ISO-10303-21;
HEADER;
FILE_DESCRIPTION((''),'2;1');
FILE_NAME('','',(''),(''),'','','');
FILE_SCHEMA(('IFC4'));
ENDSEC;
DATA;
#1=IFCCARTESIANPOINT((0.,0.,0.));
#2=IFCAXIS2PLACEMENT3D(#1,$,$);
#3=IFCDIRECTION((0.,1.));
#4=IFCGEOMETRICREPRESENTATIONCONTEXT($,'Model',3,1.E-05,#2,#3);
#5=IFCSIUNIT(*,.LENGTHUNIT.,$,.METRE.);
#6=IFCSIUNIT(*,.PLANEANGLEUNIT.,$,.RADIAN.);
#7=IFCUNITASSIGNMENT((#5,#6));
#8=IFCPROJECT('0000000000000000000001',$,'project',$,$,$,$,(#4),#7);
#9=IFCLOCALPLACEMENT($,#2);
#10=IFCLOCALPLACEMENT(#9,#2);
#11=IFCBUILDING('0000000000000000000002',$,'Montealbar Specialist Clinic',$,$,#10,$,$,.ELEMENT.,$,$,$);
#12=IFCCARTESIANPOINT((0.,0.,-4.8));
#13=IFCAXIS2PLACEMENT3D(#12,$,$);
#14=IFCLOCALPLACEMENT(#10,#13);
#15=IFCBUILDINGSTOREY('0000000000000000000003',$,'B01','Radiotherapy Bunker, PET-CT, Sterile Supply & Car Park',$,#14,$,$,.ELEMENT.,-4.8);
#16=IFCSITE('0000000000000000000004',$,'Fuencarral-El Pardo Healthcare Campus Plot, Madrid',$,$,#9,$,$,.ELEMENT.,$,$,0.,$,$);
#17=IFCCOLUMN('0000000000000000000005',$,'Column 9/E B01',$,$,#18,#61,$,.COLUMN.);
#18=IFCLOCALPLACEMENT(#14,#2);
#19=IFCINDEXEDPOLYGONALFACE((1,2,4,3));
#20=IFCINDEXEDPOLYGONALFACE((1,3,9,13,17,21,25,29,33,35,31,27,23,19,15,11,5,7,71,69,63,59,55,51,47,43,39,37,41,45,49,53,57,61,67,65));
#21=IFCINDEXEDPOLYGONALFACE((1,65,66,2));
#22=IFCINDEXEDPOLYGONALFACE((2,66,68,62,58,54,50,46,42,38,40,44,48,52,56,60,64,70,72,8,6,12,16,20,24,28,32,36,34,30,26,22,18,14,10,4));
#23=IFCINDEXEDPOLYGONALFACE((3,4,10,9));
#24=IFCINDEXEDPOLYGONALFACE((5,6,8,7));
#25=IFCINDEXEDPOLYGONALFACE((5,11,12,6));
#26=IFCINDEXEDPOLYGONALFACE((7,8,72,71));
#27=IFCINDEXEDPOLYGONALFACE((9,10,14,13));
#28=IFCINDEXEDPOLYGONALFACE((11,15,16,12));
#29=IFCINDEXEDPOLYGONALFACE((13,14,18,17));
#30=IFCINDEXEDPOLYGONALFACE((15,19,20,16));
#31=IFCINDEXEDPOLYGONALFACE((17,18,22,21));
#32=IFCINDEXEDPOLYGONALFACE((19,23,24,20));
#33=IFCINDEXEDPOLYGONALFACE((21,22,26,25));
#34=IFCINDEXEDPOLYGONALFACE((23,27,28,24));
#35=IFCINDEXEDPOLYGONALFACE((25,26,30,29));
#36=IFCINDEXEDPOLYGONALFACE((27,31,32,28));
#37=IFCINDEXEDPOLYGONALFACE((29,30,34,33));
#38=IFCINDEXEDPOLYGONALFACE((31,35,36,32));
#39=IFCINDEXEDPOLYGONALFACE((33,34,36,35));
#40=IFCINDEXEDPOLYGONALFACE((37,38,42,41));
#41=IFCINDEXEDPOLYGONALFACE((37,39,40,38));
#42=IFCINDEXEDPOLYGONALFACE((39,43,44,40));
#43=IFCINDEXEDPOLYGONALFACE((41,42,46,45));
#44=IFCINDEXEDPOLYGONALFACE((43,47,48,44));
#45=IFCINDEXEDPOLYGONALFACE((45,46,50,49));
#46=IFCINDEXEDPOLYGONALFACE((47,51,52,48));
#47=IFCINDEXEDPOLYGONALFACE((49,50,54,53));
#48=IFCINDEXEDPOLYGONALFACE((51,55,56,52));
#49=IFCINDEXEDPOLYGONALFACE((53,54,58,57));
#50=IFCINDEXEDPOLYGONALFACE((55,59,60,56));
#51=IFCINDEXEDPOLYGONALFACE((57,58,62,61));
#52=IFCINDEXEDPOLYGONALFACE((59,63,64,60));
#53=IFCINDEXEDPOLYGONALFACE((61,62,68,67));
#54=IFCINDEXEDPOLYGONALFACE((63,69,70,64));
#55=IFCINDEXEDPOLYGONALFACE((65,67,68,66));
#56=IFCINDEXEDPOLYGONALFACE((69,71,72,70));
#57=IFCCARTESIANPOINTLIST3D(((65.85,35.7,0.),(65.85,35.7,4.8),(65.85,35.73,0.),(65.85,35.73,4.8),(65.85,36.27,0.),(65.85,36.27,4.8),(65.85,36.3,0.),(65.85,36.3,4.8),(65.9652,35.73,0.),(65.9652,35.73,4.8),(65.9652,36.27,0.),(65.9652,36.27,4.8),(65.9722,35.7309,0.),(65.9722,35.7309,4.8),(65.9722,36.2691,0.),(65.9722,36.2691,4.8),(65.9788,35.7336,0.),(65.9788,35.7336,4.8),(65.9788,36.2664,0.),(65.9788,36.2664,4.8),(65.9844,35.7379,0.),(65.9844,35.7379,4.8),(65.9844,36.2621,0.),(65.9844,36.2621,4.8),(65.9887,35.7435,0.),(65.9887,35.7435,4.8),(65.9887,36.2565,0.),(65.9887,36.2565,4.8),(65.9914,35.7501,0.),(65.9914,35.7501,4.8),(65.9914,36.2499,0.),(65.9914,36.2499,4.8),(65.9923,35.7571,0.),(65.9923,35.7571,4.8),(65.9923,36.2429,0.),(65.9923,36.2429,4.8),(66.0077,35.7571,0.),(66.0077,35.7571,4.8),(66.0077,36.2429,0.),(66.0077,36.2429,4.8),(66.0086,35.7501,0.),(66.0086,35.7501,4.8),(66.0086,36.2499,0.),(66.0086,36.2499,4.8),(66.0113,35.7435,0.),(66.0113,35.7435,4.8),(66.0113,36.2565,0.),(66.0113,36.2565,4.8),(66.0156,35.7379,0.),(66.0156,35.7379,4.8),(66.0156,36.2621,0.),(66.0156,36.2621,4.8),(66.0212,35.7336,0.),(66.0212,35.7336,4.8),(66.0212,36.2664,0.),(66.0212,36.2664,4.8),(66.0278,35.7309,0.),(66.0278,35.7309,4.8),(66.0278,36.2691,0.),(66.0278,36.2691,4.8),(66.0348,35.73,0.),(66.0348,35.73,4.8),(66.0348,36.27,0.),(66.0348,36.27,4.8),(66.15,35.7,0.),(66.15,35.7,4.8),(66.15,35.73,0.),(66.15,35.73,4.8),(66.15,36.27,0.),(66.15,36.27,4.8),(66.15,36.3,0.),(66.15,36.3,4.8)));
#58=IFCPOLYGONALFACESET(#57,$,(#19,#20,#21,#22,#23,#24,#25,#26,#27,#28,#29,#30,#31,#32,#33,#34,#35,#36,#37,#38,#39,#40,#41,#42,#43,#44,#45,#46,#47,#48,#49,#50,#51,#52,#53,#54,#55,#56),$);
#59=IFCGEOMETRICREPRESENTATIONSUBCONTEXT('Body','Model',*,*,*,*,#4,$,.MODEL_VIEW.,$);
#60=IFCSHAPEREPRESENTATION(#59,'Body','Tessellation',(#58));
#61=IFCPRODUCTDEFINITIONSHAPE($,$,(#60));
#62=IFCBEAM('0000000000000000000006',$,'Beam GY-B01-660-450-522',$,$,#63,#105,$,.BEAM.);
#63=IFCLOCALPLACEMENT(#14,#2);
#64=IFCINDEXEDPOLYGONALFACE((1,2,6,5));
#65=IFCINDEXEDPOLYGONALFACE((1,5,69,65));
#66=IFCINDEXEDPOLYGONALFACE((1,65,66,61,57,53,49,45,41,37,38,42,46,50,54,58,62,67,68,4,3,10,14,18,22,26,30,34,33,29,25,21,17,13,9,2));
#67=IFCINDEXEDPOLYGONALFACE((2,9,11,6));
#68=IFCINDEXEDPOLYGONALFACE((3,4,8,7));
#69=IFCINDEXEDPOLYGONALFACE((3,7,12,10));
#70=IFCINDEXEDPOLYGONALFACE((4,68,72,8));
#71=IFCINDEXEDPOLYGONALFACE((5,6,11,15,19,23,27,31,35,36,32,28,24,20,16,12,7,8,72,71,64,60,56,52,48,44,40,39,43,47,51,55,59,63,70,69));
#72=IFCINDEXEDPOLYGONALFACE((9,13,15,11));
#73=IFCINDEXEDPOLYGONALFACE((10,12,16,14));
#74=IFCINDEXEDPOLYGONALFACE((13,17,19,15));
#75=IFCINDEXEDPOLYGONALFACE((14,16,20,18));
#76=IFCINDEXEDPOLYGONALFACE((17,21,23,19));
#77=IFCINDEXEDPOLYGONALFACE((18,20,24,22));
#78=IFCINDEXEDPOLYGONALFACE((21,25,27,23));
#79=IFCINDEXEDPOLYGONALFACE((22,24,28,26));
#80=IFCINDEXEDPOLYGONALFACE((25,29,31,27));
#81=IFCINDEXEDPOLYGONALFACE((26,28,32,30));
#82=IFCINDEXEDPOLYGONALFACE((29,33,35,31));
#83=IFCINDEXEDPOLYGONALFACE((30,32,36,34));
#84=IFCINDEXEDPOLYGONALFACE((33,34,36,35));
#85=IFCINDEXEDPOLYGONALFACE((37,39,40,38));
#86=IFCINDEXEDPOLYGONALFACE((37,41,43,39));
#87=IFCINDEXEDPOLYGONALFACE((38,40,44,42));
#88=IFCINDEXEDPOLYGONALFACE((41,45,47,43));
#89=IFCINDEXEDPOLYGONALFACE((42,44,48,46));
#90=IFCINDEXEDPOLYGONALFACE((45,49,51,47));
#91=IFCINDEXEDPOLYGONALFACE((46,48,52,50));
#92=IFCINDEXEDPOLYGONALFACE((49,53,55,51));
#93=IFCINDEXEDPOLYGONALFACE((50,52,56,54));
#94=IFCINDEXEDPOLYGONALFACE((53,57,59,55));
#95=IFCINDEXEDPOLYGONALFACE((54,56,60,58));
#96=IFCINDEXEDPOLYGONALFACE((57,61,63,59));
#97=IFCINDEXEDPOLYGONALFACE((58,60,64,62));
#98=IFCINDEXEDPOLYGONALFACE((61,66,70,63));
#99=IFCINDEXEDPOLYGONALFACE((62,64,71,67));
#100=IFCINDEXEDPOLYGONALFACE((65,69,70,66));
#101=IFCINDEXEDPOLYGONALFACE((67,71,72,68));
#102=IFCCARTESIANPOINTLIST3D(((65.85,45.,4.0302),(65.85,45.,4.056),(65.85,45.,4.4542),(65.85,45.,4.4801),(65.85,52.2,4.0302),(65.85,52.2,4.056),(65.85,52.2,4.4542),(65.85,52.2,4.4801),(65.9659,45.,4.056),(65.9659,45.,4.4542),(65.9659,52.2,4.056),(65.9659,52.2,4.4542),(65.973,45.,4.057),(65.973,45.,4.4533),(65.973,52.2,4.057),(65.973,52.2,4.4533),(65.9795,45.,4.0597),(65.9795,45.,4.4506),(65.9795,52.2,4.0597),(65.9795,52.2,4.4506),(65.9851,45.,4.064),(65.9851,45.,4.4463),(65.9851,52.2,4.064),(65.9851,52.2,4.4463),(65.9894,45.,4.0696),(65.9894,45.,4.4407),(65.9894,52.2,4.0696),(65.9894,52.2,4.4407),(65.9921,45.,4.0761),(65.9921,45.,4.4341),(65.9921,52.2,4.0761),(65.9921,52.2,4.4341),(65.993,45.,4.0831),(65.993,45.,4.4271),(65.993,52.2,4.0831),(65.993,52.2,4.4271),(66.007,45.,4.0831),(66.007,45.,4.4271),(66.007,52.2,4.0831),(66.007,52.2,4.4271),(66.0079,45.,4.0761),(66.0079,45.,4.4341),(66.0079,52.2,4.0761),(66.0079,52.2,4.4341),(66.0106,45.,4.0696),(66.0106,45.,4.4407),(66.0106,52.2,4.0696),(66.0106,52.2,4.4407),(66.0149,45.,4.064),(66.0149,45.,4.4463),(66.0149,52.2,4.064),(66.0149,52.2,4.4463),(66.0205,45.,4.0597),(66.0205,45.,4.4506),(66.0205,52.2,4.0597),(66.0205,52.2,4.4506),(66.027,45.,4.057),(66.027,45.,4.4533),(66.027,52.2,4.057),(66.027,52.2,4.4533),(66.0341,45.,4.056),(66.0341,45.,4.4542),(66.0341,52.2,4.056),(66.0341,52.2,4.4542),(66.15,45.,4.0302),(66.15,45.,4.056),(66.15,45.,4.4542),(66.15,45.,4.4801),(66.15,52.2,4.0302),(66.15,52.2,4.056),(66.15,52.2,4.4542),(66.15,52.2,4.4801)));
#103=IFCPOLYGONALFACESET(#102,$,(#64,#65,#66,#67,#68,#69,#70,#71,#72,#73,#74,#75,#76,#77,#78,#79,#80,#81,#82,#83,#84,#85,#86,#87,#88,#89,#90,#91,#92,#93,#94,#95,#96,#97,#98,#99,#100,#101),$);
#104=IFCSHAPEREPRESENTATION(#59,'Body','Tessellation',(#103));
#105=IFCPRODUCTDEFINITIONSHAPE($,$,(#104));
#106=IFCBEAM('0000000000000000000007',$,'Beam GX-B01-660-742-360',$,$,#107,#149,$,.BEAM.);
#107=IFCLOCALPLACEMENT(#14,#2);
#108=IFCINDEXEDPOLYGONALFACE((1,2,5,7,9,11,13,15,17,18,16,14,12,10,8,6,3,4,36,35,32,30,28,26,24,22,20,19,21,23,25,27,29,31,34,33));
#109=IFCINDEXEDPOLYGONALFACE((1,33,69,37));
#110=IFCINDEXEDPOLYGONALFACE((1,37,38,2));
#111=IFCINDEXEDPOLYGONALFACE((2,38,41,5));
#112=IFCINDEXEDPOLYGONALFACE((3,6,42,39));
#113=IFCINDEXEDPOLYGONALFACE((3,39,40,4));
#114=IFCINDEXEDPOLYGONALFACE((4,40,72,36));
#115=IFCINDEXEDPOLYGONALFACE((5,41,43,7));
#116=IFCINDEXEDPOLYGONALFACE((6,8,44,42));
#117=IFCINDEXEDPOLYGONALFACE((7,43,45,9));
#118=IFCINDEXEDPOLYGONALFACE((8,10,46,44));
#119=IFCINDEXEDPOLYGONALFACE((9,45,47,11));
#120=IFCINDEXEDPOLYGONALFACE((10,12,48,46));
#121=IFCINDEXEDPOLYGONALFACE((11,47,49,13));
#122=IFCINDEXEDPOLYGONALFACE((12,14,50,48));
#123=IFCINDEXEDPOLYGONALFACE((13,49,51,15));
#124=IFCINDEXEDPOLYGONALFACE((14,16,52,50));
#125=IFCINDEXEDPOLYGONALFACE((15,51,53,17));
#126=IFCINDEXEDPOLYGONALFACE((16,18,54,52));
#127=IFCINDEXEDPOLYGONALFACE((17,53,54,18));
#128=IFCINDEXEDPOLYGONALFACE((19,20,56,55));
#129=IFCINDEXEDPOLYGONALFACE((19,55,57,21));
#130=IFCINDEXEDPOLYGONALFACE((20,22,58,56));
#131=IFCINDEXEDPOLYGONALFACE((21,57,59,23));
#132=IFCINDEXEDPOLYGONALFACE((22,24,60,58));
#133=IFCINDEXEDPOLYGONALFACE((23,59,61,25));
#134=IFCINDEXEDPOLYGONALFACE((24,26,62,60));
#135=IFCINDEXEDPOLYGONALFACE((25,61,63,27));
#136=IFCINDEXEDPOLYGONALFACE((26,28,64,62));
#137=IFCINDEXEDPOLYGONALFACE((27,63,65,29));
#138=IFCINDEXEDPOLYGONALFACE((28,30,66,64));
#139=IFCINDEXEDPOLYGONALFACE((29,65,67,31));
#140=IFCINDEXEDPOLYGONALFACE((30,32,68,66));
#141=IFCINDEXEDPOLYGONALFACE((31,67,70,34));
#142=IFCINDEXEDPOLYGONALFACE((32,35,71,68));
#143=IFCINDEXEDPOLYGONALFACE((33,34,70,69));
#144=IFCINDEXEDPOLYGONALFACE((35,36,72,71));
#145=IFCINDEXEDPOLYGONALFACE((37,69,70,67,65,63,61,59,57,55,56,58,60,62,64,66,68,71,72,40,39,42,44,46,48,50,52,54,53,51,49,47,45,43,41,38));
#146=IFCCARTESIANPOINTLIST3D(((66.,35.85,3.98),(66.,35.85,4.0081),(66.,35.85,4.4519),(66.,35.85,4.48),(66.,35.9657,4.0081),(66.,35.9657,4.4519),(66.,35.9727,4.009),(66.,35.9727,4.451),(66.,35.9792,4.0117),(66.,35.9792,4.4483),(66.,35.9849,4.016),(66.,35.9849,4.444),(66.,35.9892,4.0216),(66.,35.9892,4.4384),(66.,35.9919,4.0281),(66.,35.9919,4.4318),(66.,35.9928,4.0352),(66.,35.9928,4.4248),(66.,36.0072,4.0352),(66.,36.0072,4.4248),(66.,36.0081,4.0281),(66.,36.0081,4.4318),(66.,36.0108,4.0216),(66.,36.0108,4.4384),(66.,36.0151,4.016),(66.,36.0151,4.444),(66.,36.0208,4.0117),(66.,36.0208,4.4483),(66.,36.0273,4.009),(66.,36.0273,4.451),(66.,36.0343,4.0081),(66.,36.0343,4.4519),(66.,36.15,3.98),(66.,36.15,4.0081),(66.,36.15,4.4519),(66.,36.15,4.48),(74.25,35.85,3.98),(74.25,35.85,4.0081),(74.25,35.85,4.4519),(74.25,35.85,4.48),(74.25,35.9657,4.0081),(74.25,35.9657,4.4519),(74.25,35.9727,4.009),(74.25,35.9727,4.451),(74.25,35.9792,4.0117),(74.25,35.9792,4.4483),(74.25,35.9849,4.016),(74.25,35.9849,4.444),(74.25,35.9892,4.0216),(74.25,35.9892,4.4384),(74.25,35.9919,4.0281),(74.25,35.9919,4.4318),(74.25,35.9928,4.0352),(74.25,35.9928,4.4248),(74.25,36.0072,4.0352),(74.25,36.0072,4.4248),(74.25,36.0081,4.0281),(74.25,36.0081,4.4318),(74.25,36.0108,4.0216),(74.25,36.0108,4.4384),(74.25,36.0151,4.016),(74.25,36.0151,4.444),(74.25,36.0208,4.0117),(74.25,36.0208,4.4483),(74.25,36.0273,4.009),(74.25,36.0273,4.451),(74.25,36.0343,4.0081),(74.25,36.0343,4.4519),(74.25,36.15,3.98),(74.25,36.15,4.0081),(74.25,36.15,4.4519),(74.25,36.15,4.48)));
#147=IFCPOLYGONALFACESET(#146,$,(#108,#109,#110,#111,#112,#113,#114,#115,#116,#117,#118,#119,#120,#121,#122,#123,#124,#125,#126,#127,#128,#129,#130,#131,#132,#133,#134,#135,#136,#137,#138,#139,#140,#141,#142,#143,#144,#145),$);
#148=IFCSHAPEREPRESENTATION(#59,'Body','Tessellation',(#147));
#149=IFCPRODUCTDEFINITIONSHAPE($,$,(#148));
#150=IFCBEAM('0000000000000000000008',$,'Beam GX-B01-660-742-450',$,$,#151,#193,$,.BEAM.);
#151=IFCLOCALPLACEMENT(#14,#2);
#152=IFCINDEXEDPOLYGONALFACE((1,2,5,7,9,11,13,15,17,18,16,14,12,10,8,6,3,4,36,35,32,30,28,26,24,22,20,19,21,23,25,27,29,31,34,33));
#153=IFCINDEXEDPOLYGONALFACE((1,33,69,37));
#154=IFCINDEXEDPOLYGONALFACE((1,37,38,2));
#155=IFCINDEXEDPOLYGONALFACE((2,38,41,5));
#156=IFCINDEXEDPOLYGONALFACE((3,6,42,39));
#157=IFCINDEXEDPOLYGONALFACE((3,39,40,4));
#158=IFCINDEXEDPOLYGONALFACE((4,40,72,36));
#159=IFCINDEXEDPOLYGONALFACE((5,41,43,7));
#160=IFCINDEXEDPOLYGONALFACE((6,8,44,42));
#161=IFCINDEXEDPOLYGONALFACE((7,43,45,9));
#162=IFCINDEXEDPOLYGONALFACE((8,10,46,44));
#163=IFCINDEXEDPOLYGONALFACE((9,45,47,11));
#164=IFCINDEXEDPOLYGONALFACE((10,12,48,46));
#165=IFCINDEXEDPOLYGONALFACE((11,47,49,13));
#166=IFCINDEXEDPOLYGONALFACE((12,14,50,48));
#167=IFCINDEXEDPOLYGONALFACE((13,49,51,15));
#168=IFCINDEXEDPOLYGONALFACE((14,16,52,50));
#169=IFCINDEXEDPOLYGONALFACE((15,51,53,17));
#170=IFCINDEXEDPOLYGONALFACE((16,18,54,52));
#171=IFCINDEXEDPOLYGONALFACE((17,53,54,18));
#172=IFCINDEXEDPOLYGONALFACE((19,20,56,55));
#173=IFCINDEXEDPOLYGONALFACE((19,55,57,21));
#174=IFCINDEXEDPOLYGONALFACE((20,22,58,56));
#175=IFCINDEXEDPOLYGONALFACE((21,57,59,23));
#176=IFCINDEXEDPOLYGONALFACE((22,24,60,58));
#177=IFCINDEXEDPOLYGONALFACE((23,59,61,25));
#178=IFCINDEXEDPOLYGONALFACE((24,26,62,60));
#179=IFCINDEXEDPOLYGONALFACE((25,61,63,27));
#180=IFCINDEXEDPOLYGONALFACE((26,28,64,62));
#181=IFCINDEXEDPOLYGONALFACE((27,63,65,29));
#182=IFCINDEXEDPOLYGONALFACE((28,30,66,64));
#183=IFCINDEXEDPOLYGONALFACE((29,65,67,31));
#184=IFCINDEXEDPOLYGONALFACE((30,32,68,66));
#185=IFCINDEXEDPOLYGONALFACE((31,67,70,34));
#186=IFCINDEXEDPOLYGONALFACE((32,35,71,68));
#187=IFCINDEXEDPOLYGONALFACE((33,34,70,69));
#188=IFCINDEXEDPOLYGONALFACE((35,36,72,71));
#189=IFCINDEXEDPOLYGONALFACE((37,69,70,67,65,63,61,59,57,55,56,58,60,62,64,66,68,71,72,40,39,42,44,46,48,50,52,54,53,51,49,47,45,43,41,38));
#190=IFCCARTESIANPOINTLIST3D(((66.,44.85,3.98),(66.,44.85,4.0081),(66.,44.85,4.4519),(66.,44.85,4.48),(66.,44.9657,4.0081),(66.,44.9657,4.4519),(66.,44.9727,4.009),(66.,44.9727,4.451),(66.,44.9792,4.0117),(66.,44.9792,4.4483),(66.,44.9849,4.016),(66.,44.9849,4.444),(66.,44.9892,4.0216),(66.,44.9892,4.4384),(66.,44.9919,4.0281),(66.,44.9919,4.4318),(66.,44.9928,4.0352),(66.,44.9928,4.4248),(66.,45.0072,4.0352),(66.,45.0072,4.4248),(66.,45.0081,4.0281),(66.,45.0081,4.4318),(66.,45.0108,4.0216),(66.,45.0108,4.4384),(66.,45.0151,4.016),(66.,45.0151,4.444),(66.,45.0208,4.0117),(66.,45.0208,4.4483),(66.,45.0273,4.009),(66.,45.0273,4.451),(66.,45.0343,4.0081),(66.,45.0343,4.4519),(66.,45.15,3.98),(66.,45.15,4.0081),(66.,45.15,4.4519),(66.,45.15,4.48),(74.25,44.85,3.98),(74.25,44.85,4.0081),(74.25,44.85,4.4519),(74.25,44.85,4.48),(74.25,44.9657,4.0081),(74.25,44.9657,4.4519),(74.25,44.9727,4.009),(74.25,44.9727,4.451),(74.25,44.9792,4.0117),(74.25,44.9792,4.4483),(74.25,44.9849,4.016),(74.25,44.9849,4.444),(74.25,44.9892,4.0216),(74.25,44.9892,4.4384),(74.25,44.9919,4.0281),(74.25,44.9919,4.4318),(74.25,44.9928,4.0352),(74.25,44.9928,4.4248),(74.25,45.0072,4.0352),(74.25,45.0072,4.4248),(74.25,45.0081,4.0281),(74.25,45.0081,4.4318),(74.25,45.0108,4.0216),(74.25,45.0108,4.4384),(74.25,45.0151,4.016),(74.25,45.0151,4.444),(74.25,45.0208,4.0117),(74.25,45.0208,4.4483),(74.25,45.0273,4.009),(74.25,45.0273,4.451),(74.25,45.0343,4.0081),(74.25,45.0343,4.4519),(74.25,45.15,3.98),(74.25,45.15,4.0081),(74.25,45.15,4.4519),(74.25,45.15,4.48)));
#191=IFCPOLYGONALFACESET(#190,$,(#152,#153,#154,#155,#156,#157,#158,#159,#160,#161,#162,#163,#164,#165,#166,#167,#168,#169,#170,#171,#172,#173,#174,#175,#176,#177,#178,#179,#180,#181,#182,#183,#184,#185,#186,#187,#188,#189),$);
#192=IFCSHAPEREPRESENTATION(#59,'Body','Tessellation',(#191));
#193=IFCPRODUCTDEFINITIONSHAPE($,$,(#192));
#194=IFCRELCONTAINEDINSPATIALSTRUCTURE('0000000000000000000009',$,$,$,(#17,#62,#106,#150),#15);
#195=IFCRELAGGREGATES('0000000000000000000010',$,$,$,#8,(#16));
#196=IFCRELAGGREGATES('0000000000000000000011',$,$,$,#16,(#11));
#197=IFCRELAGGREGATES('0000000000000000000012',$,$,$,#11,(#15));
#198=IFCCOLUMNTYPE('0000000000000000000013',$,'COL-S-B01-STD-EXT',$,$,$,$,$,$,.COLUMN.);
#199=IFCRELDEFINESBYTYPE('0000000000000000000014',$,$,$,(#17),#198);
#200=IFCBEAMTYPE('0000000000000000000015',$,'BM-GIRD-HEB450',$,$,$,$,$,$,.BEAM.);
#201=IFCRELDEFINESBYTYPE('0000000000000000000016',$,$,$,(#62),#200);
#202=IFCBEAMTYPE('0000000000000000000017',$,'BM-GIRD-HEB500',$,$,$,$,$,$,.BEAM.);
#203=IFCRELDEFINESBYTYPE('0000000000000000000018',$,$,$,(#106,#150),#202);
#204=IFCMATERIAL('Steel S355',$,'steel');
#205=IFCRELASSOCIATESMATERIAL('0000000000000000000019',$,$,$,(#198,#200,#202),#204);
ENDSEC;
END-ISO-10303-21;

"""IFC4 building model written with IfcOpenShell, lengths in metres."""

from ifc_helpers import new_model, si_unit, direction, frame, origin, origin_2d, place, context, subcontext, project, spatial, i_section, extrude, material, material_profile, profile_set, type_object, element, save


model = new_model("IFC4")

# Units and contexts
model_context = context("Model", 3, precision=1e-05, world=origin(), true_north=direction((0.0, 1.0)))
body_context = subcontext(model_context, "Body", "Model", "MODEL_VIEW")
ifc_project = project(units=[si_unit("LENGTHUNIT", "METRE"), si_unit("PLANEANGLEUNIT", "RADIAN")], contexts=[model_context])

# Site, building, storey
site_placement = place(None, origin())
site = spatial("IfcSite", under=ifc_project, at=site_placement, Name="Fuencarral-El Pardo Healthcare Campus Plot, Madrid", CompositionType="ELEMENT", RefElevation=0.0)
building_placement = place(site_placement, origin())
building = spatial("IfcBuilding", under=site, at=building_placement, Name="Montealbar Specialist Clinic", CompositionType="ELEMENT")
storey_placement = place(building_placement, frame((0.0, 0.0, -4.8)))
storey = spatial("IfcBuildingStorey", under=building, at=storey_placement, Name="B01", Description="Radiotherapy Bunker, PET-CT, Sterile Supply & Car Park", CompositionType="ELEMENT", Elevation=-4.8)

# Column
ifc_material_1 = material(Name="Steel S355", Category="steel")
ifc_material_profile_1 = material_profile(ifc_material_1, i_section(OverallWidth=0.3, OverallDepth=0.6001, WebThickness=0.0154, FlangeThickness=0.03, FilletRadius=0.0271, at=origin_2d()), Name="HEB 600", Category="steel")
ifc_profile_set_1 = profile_set([ifc_material_profile_1], Name="Steel S355")
column_type_1 = type_object("IfcColumnType", Name="COL-S-B01-STD-EXT", PredefinedType="COLUMN", material=ifc_profile_set_1)
for number, where, z_axis, x_axis, name in (
    (1, (66.0, 36.0, 0.0), (0.0, 0.0, 1.0), (1.0, 0.0, 0.0), "Column 9/E B01"),
):
    element("IfcColumn", number, at=place(storey_placement, frame(where, z_axis=z_axis, x_axis=x_axis)), inside=storey, type_object=column_type_1, Name=name, PredefinedType="COLUMN", context=body_context, shape_type="SweptSolid", body=[
        extrude(i_section(OverallWidth=0.3, OverallDepth=0.6001, WebThickness=0.0154, FlangeThickness=0.03, FilletRadius=0.0271, at=origin_2d()), origin(), (0.0, 0.0, 1.0), 4.8),
    ])

# Beams
ifc_material_profile_2 = material_profile(ifc_material_1, i_section(OverallWidth=0.3, OverallDepth=0.45, WebThickness=0.0139, FlangeThickness=0.0259, FilletRadius=0.0271, at=origin_2d()), Name="HEB 450", Category="steel")
ifc_profile_set_2 = profile_set([ifc_material_profile_2], Name="Steel S355")
beam_type_1 = type_object("IfcBeamType", Name="BM-GIRD-HEB450", PredefinedType="BEAM", material=ifc_profile_set_2)
beam_1_placement = place(storey_placement, frame((66.0, 45.0, 4.2551), z_axis=(0.0, 1.0, 0.0), x_axis=(-1.0, 0.0, 0.0)))
element("IfcBeam", 2, at=beam_1_placement, inside=storey, type_object=beam_type_1, Name="Beam GY-B01-660-450-522", PredefinedType="BEAM", context=body_context, shape_type="SweptSolid", body=[
    extrude(i_section(OverallWidth=0.3, OverallDepth=0.45, WebThickness=0.0139, FlangeThickness=0.0259, FilletRadius=0.0271, at=origin_2d()), origin(), (0.0, 0.0, 1.0), 7.2),
])
ifc_material_profile_3 = material_profile(ifc_material_1, i_section(OverallWidth=0.3, OverallDepth=0.5, WebThickness=0.0144, FlangeThickness=0.0281, FilletRadius=0.0271, at=origin_2d()), Name="HEB 500", Category="steel")
ifc_profile_set_3 = profile_set([ifc_material_profile_3], Name="Steel S355")
beam_type_2 = type_object("IfcBeamType", Name="BM-GIRD-HEB500", PredefinedType="BEAM", material=ifc_profile_set_3)
for number, where, z_axis, x_axis, name in (
    (3, (66.0, 36.0, 4.23), (1.0, 0.0, 0.0), (0.0, 1.0, 0.0), "Beam GX-B01-660-742-360"),
    (4, (66.0, 45.0, 4.23), (1.0, 0.0, 0.0), (0.0, 1.0, 0.0), "Beam GX-B01-660-742-450"),
):
    element("IfcBeam", number, at=place(storey_placement, frame(where, z_axis=z_axis, x_axis=x_axis)), inside=storey, type_object=beam_type_2, Name=name, PredefinedType="BEAM", context=body_context, shape_type="SweptSolid", body=[
        extrude(i_section(OverallWidth=0.3, OverallDepth=0.5, WebThickness=0.0144, FlangeThickness=0.0281, FilletRadius=0.0271, at=origin_2d()), origin(), (0.0, 0.0, 1.0), 8.25),
    ])

save(model, "model.ifc")
